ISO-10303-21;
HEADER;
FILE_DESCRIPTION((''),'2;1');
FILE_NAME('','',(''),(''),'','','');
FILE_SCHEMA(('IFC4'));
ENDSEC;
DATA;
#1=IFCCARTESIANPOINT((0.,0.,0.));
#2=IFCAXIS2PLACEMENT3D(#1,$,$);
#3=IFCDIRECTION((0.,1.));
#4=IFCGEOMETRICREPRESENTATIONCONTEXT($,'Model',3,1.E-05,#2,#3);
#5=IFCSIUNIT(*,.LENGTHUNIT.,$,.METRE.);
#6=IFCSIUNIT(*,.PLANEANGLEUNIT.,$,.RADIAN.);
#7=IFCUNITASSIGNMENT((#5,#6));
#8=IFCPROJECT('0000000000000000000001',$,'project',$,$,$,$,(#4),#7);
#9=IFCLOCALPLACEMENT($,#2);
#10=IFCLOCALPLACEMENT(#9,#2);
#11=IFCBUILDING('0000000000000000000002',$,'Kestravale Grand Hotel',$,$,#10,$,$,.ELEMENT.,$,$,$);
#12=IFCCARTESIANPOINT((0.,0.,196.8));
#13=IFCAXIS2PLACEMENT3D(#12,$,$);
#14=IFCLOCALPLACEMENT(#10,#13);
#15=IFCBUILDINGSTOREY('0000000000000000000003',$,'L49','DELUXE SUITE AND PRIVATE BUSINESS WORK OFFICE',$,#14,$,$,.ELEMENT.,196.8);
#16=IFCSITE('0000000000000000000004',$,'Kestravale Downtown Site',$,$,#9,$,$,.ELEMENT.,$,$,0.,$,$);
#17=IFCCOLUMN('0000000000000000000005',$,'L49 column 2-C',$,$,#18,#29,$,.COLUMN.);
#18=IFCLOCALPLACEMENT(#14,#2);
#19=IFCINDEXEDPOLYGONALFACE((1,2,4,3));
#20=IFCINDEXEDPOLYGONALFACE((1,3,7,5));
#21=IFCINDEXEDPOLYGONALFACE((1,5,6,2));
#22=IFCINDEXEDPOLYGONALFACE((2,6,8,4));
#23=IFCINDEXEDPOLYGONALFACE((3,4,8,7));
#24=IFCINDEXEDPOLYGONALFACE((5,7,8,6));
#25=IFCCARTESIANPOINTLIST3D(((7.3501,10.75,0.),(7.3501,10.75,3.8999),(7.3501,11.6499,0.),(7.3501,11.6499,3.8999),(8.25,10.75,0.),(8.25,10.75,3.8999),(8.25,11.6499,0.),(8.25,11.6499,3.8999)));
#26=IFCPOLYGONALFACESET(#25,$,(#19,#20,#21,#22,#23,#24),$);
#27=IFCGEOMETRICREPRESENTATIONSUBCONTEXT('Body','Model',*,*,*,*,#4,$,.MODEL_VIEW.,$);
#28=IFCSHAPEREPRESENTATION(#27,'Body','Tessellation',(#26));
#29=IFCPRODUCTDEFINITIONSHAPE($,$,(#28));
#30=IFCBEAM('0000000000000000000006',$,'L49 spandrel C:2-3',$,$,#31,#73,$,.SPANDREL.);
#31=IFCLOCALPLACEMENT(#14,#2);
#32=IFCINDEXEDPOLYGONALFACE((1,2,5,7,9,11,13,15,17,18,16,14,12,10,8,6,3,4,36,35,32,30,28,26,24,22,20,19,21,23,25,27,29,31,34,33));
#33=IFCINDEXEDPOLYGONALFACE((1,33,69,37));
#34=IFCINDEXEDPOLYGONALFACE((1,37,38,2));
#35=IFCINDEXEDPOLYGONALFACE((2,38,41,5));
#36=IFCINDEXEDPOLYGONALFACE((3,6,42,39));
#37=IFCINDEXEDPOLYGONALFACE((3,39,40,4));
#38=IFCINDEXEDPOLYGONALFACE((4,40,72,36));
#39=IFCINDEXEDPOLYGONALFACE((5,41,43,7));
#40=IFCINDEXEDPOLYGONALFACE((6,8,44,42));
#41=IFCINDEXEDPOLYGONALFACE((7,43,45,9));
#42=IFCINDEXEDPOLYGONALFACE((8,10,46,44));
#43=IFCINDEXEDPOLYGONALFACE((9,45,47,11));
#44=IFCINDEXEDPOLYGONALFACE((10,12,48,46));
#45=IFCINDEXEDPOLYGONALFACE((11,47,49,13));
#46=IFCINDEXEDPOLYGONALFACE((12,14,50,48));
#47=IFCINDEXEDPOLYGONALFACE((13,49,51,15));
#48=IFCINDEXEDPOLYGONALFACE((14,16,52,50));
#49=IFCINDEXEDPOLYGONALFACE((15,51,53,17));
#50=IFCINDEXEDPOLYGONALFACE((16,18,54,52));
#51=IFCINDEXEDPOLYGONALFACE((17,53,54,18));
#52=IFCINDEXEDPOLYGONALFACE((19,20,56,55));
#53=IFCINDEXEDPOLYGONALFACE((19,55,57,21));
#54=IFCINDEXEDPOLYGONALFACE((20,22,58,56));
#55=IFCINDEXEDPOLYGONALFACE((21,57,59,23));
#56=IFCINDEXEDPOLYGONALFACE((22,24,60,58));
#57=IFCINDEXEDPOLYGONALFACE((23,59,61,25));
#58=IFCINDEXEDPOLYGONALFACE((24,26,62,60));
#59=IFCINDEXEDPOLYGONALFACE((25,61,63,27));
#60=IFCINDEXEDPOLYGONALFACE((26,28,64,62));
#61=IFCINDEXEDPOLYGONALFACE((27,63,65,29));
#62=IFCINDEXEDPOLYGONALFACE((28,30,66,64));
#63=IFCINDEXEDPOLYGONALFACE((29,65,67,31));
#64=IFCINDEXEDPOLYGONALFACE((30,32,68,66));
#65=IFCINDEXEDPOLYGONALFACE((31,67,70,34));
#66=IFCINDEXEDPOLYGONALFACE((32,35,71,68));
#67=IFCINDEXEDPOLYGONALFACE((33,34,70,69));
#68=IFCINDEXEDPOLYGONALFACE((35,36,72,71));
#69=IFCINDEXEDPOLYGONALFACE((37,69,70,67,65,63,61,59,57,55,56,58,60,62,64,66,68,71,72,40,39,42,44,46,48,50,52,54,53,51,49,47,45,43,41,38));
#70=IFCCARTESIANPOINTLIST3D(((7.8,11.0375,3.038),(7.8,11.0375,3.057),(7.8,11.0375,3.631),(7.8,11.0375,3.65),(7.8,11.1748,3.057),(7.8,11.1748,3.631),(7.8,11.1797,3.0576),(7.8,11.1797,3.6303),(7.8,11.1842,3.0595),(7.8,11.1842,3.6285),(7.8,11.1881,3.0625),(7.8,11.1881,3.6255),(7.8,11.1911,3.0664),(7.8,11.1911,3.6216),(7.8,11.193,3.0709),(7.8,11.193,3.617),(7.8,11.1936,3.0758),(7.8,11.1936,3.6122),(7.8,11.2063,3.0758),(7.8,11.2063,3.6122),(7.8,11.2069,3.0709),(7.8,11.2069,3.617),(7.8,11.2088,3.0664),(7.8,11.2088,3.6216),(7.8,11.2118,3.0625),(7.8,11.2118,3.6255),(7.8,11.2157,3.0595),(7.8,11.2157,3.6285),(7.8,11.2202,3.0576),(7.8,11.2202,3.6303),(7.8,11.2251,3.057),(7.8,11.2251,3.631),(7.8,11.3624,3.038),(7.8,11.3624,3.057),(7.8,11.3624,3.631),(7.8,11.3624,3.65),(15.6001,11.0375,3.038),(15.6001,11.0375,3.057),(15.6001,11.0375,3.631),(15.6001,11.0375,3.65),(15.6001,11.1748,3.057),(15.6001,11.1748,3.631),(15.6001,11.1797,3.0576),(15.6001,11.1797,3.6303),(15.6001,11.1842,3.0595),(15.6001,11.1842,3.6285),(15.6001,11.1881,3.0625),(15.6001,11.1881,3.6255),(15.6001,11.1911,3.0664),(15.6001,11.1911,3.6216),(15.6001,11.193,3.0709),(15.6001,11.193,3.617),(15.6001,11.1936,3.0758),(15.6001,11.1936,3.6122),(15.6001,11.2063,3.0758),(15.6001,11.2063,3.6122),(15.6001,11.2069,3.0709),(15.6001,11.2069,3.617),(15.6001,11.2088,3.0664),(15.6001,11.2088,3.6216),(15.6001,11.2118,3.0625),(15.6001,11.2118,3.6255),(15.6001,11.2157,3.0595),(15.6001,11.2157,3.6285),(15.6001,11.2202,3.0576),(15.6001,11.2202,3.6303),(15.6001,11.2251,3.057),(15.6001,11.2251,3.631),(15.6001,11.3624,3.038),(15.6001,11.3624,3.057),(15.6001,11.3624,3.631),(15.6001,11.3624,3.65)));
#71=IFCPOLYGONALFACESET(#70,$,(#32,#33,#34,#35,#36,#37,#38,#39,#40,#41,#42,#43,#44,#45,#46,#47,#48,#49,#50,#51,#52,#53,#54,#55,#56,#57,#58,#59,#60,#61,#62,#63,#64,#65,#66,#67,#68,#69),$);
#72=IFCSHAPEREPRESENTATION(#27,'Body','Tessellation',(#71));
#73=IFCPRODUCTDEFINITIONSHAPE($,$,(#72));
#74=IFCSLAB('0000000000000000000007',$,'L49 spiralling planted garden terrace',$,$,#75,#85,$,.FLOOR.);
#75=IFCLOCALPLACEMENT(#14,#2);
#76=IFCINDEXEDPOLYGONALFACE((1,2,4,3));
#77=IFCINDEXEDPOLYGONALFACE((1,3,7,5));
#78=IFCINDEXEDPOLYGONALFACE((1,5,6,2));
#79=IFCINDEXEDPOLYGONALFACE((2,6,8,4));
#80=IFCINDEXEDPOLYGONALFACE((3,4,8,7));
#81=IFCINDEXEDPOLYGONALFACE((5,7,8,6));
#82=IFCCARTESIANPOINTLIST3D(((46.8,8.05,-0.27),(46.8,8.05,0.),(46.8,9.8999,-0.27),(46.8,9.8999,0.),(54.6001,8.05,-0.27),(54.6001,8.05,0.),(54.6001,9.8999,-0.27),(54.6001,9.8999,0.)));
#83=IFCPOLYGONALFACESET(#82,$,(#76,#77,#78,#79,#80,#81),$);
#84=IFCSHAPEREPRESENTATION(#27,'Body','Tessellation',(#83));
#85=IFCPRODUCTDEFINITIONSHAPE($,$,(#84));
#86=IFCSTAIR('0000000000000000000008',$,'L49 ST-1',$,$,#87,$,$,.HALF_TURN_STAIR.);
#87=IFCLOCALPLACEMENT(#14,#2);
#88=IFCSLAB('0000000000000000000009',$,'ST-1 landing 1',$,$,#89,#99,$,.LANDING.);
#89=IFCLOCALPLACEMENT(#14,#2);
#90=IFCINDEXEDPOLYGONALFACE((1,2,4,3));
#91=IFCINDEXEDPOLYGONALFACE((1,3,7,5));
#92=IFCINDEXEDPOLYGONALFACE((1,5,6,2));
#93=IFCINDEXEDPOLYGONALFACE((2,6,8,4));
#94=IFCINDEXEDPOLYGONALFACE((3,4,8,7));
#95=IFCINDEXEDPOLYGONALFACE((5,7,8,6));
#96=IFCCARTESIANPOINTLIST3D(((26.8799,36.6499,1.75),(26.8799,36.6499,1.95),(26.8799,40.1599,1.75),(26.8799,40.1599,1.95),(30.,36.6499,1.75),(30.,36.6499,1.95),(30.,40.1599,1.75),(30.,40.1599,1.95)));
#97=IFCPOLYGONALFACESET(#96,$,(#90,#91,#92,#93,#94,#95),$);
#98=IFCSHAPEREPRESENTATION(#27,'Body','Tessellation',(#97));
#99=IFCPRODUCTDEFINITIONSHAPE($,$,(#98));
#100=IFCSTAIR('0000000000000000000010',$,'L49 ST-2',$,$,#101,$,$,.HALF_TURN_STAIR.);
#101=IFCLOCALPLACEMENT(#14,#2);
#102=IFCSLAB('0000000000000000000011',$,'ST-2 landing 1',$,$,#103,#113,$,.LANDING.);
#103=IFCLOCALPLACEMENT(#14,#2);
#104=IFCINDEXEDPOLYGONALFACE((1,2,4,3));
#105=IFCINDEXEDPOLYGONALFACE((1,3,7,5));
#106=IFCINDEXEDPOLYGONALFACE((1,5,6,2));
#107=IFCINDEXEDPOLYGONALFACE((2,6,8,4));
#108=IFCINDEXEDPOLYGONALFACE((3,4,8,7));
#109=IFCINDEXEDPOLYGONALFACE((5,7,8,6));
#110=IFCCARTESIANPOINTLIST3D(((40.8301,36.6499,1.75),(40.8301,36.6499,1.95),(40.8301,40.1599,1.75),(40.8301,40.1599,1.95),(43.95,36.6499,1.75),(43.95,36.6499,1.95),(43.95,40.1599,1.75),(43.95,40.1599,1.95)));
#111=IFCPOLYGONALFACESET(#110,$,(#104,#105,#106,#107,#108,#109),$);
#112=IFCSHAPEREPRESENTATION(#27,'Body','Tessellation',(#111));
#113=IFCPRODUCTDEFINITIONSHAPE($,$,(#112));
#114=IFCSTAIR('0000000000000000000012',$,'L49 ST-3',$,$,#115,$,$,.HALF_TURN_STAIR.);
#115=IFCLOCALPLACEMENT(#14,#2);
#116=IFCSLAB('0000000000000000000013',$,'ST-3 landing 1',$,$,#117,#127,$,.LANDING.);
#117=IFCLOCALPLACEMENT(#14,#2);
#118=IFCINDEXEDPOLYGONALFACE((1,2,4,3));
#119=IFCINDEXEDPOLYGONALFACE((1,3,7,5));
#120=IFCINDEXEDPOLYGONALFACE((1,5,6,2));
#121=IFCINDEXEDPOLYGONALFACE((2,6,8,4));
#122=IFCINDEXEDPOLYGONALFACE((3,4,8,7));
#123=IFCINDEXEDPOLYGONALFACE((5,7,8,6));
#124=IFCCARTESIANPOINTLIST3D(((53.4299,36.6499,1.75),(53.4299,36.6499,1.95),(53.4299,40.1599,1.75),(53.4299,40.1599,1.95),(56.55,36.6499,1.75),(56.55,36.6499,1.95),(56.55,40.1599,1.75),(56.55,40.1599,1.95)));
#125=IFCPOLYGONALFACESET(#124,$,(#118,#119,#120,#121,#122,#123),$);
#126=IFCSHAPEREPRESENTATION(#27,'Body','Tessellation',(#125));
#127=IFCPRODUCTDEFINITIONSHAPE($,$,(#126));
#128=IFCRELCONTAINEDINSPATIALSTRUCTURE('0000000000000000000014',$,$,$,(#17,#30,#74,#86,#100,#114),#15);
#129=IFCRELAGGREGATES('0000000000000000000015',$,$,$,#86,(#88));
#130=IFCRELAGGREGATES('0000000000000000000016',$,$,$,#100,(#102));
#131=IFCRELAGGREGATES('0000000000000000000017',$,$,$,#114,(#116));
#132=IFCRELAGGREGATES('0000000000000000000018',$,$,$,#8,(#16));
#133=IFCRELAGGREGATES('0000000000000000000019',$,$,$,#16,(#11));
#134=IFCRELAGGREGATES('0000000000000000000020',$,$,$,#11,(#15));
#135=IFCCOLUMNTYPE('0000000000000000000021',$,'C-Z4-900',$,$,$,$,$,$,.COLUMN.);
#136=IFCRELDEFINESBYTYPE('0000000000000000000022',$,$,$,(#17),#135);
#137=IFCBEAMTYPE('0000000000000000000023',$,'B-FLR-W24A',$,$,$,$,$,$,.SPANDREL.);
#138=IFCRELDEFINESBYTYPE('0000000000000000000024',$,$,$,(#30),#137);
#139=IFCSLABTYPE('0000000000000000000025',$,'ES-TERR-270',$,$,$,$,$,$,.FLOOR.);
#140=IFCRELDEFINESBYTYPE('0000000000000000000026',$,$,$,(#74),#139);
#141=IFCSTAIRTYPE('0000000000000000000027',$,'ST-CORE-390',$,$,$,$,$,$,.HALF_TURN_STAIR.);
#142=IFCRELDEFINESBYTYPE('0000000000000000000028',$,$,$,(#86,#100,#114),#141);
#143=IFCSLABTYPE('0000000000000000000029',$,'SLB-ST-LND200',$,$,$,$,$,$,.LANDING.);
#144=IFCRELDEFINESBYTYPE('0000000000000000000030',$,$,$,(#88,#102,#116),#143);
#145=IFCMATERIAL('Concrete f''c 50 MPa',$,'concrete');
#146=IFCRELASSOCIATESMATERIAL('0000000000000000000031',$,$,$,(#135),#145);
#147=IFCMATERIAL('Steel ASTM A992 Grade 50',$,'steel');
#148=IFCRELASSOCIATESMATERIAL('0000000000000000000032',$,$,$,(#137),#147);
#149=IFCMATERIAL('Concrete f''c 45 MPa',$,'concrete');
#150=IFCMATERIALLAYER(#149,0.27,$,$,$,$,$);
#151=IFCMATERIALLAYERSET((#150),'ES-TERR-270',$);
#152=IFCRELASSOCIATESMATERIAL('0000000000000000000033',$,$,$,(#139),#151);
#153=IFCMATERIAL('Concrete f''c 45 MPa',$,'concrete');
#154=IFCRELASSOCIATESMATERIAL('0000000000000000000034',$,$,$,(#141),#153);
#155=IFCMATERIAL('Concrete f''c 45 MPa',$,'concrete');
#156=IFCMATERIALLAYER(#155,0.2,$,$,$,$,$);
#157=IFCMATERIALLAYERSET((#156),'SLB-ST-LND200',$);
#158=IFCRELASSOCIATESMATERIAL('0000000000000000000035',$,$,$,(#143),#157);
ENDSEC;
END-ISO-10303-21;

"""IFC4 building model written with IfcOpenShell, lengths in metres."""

from ifc_helpers import new_model, si_unit, direction, frame, origin, origin_2d, place, context, subcontext, project, spatial, polyline, rectangle, i_section, outline, extrude, material, layer, layer_set, material_profile, profile_set, type_object, element, aggregate, save


model = new_model("IFC4")

# Units and contexts
model_context = context("Model", 3, precision=1e-05, world=origin(), true_north=direction((0.0, 1.0)))
body_context = subcontext(model_context, "Body", "Model", "MODEL_VIEW")
ifc_project = project(units=[si_unit("LENGTHUNIT", "METRE"), si_unit("PLANEANGLEUNIT", "RADIAN")], contexts=[model_context])

# Site, building, storey
site_placement = place(None, origin())
site = spatial("IfcSite", under=ifc_project, at=site_placement, Name="Kestravale Downtown Site", CompositionType="ELEMENT", RefElevation=0.0)
building_placement = place(site_placement, origin())
building = spatial("IfcBuilding", under=site, at=building_placement, Name="Kestravale Grand Hotel", CompositionType="ELEMENT")
storey_placement = place(building_placement, frame((0.0, 0.0, 196.8)))
storey = spatial("IfcBuildingStorey", under=building, at=storey_placement, Name="L49", Description="DELUXE SUITE AND PRIVATE BUSINESS WORK OFFICE", CompositionType="ELEMENT", Elevation=196.8)

# Column
ifc_material_1 = material(Name="Concrete f'c 50 MPa", Category="concrete")
ifc_material_profile_1 = material_profile(ifc_material_1, rectangle(XDim=0.8999, YDim=0.8999, at=origin_2d()))
ifc_profile_set_1 = profile_set([ifc_material_profile_1], Name="Concrete f'c 50 MPa")
column_type = type_object("IfcColumnType", Name="C-Z4-900", PredefinedType="COLUMN", material=ifc_profile_set_1)
column_placement = place(storey_placement, frame((7.8, 11.2, 0.0), z_axis=(0.0, 0.0, 1.0), x_axis=(1.0, 0.0, 0.0)))
element("IfcColumn", 1, at=column_placement, inside=storey, type_object=column_type, Name="L49 column 2-C", PredefinedType="COLUMN", context=body_context, shape_type="SweptSolid", body=[
    extrude(rectangle(XDim=0.8999, YDim=0.8999, at=origin_2d()), origin(), (0.0, 0.0, 1.0), 3.8999),
])

# Beam
ifc_material_2 = material(Name="Steel ASTM A992 Grade 50", Category="steel")
ifc_material_profile_2 = material_profile(ifc_material_2, i_section(OverallWidth=0.325, OverallDepth=0.6121, WebThickness=0.0127, FlangeThickness=0.019, FilletRadius=0.0188, at=origin_2d()))
ifc_profile_set_2 = profile_set([ifc_material_profile_2], Name="Steel ASTM A992 Grade 50")
beam_type = type_object("IfcBeamType", Name="B-FLR-W24A", PredefinedType="SPANDREL", material=ifc_profile_set_2)
beam_placement = place(storey_placement, frame((7.8, 11.2, 3.344), z_axis=(1.0, 0.0, 0.0), x_axis=(0.0, 1.0, 0.0)))
element("IfcBeam", 2, at=beam_placement, inside=storey, type_object=beam_type, Name="L49 spandrel C:2-3", PredefinedType="SPANDREL", context=body_context, shape_type="SweptSolid", body=[
    extrude(i_section(OverallWidth=0.325, OverallDepth=0.6121, WebThickness=0.0127, FlangeThickness=0.019, FilletRadius=0.0188, at=origin_2d()), origin(), (0.0, 0.0, 1.0), 7.8),
])

# Slab
ifc_material_3 = material(Name="Concrete f'c 45 MPa", Category="concrete")
ifc_layer_1 = layer(ifc_material_3, 0.27)
ifc_layer_set_1 = layer_set([ifc_layer_1], Name="ES-TERR-270")
slab_type_1 = type_object("IfcSlabType", Name="ES-TERR-270", PredefinedType="FLOOR", material=ifc_layer_set_1)
slab_1_placement = place(storey_placement, frame((0.0, 0.0, -0.27)))
element("IfcSlab", 3, at=slab_1_placement, inside=storey, type_object=slab_type_1, Name="L49 spiralling planted garden terrace", PredefinedType="FLOOR", context=body_context, shape_type="SweptSolid", body=[
    extrude(outline(polyline([(46.8, 8.05), (54.6001, 8.05), (54.6001, 9.8999), (46.8, 9.8999), (46.8, 8.05)])), origin(), (0.0, 0.0, 1.0), 0.27),
])

# Stairs, slabs
ifc_material_4 = material(Name="Concrete f'c 45 MPa", Category="concrete")
stair_type = type_object("IfcStairType", Name="ST-CORE-390", PredefinedType="HALF_TURN_STAIR", material=ifc_material_4)
stair_1_placement = place(storey_placement, origin())
stair_1 = element("IfcStair", 4, at=stair_1_placement, inside=storey, type_object=stair_type, Name="L49 ST-1", PredefinedType="HALF_TURN_STAIR")
ifc_material_5 = material(Name="Concrete f'c 45 MPa", Category="concrete")
ifc_layer_2 = layer(ifc_material_5, 0.2)
ifc_layer_set_2 = layer_set([ifc_layer_2], Name="SLB-ST-LND200")
slab_type_2 = type_object("IfcSlabType", Name="SLB-ST-LND200", PredefinedType="LANDING", material=ifc_layer_set_2)
slab_2_placement = place(storey_placement, frame((0.0, 0.0, 1.75)))
slab_2 = element("IfcSlab", 5, at=slab_2_placement, type_object=slab_type_2, Name="ST-1 landing 1", PredefinedType="LANDING", context=body_context, shape_type="SweptSolid", body=[
    extrude(outline(polyline([(26.8799, 36.6499), (30.0, 36.6499), (30.0, 40.1599), (26.8799, 40.1599), (26.8799, 36.6499)])), origin(), (0.0, 0.0, 1.0), 0.2),
])
aggregate(stair_1, [slab_2])
stair_2_placement = place(storey_placement, origin())
stair_2 = element("IfcStair", 6, at=stair_2_placement, inside=storey, type_object=stair_type, Name="L49 ST-2", PredefinedType="HALF_TURN_STAIR")
slab_3_placement = place(storey_placement, frame((0.0, 0.0, 1.75)))
slab_3 = element("IfcSlab", 7, at=slab_3_placement, type_object=slab_type_2, Name="ST-2 landing 1", PredefinedType="LANDING", context=body_context, shape_type="SweptSolid", body=[
    extrude(outline(polyline([(40.8301, 36.6499), (43.95, 36.6499), (43.95, 40.1599), (40.8301, 40.1599), (40.8301, 36.6499)])), origin(), (0.0, 0.0, 1.0), 0.2),
])
aggregate(stair_2, [slab_3])
stair_3_placement = place(storey_placement, origin())
stair_3 = element("IfcStair", 8, at=stair_3_placement, inside=storey, type_object=stair_type, Name="L49 ST-3", PredefinedType="HALF_TURN_STAIR")
slab_4_placement = place(storey_placement, frame((0.0, 0.0, 1.75)))
slab_4 = element("IfcSlab", 9, at=slab_4_placement, type_object=slab_type_2, Name="ST-3 landing 1", PredefinedType="LANDING", context=body_context, shape_type="SweptSolid", body=[
    extrude(outline(polyline([(53.4299, 36.6499), (56.55, 36.6499), (56.55, 40.1599), (53.4299, 40.1599), (53.4299, 36.6499)])), origin(), (0.0, 0.0, 1.0), 0.2),
])
aggregate(stair_3, [slab_4])

save(model, "model.ifc")
